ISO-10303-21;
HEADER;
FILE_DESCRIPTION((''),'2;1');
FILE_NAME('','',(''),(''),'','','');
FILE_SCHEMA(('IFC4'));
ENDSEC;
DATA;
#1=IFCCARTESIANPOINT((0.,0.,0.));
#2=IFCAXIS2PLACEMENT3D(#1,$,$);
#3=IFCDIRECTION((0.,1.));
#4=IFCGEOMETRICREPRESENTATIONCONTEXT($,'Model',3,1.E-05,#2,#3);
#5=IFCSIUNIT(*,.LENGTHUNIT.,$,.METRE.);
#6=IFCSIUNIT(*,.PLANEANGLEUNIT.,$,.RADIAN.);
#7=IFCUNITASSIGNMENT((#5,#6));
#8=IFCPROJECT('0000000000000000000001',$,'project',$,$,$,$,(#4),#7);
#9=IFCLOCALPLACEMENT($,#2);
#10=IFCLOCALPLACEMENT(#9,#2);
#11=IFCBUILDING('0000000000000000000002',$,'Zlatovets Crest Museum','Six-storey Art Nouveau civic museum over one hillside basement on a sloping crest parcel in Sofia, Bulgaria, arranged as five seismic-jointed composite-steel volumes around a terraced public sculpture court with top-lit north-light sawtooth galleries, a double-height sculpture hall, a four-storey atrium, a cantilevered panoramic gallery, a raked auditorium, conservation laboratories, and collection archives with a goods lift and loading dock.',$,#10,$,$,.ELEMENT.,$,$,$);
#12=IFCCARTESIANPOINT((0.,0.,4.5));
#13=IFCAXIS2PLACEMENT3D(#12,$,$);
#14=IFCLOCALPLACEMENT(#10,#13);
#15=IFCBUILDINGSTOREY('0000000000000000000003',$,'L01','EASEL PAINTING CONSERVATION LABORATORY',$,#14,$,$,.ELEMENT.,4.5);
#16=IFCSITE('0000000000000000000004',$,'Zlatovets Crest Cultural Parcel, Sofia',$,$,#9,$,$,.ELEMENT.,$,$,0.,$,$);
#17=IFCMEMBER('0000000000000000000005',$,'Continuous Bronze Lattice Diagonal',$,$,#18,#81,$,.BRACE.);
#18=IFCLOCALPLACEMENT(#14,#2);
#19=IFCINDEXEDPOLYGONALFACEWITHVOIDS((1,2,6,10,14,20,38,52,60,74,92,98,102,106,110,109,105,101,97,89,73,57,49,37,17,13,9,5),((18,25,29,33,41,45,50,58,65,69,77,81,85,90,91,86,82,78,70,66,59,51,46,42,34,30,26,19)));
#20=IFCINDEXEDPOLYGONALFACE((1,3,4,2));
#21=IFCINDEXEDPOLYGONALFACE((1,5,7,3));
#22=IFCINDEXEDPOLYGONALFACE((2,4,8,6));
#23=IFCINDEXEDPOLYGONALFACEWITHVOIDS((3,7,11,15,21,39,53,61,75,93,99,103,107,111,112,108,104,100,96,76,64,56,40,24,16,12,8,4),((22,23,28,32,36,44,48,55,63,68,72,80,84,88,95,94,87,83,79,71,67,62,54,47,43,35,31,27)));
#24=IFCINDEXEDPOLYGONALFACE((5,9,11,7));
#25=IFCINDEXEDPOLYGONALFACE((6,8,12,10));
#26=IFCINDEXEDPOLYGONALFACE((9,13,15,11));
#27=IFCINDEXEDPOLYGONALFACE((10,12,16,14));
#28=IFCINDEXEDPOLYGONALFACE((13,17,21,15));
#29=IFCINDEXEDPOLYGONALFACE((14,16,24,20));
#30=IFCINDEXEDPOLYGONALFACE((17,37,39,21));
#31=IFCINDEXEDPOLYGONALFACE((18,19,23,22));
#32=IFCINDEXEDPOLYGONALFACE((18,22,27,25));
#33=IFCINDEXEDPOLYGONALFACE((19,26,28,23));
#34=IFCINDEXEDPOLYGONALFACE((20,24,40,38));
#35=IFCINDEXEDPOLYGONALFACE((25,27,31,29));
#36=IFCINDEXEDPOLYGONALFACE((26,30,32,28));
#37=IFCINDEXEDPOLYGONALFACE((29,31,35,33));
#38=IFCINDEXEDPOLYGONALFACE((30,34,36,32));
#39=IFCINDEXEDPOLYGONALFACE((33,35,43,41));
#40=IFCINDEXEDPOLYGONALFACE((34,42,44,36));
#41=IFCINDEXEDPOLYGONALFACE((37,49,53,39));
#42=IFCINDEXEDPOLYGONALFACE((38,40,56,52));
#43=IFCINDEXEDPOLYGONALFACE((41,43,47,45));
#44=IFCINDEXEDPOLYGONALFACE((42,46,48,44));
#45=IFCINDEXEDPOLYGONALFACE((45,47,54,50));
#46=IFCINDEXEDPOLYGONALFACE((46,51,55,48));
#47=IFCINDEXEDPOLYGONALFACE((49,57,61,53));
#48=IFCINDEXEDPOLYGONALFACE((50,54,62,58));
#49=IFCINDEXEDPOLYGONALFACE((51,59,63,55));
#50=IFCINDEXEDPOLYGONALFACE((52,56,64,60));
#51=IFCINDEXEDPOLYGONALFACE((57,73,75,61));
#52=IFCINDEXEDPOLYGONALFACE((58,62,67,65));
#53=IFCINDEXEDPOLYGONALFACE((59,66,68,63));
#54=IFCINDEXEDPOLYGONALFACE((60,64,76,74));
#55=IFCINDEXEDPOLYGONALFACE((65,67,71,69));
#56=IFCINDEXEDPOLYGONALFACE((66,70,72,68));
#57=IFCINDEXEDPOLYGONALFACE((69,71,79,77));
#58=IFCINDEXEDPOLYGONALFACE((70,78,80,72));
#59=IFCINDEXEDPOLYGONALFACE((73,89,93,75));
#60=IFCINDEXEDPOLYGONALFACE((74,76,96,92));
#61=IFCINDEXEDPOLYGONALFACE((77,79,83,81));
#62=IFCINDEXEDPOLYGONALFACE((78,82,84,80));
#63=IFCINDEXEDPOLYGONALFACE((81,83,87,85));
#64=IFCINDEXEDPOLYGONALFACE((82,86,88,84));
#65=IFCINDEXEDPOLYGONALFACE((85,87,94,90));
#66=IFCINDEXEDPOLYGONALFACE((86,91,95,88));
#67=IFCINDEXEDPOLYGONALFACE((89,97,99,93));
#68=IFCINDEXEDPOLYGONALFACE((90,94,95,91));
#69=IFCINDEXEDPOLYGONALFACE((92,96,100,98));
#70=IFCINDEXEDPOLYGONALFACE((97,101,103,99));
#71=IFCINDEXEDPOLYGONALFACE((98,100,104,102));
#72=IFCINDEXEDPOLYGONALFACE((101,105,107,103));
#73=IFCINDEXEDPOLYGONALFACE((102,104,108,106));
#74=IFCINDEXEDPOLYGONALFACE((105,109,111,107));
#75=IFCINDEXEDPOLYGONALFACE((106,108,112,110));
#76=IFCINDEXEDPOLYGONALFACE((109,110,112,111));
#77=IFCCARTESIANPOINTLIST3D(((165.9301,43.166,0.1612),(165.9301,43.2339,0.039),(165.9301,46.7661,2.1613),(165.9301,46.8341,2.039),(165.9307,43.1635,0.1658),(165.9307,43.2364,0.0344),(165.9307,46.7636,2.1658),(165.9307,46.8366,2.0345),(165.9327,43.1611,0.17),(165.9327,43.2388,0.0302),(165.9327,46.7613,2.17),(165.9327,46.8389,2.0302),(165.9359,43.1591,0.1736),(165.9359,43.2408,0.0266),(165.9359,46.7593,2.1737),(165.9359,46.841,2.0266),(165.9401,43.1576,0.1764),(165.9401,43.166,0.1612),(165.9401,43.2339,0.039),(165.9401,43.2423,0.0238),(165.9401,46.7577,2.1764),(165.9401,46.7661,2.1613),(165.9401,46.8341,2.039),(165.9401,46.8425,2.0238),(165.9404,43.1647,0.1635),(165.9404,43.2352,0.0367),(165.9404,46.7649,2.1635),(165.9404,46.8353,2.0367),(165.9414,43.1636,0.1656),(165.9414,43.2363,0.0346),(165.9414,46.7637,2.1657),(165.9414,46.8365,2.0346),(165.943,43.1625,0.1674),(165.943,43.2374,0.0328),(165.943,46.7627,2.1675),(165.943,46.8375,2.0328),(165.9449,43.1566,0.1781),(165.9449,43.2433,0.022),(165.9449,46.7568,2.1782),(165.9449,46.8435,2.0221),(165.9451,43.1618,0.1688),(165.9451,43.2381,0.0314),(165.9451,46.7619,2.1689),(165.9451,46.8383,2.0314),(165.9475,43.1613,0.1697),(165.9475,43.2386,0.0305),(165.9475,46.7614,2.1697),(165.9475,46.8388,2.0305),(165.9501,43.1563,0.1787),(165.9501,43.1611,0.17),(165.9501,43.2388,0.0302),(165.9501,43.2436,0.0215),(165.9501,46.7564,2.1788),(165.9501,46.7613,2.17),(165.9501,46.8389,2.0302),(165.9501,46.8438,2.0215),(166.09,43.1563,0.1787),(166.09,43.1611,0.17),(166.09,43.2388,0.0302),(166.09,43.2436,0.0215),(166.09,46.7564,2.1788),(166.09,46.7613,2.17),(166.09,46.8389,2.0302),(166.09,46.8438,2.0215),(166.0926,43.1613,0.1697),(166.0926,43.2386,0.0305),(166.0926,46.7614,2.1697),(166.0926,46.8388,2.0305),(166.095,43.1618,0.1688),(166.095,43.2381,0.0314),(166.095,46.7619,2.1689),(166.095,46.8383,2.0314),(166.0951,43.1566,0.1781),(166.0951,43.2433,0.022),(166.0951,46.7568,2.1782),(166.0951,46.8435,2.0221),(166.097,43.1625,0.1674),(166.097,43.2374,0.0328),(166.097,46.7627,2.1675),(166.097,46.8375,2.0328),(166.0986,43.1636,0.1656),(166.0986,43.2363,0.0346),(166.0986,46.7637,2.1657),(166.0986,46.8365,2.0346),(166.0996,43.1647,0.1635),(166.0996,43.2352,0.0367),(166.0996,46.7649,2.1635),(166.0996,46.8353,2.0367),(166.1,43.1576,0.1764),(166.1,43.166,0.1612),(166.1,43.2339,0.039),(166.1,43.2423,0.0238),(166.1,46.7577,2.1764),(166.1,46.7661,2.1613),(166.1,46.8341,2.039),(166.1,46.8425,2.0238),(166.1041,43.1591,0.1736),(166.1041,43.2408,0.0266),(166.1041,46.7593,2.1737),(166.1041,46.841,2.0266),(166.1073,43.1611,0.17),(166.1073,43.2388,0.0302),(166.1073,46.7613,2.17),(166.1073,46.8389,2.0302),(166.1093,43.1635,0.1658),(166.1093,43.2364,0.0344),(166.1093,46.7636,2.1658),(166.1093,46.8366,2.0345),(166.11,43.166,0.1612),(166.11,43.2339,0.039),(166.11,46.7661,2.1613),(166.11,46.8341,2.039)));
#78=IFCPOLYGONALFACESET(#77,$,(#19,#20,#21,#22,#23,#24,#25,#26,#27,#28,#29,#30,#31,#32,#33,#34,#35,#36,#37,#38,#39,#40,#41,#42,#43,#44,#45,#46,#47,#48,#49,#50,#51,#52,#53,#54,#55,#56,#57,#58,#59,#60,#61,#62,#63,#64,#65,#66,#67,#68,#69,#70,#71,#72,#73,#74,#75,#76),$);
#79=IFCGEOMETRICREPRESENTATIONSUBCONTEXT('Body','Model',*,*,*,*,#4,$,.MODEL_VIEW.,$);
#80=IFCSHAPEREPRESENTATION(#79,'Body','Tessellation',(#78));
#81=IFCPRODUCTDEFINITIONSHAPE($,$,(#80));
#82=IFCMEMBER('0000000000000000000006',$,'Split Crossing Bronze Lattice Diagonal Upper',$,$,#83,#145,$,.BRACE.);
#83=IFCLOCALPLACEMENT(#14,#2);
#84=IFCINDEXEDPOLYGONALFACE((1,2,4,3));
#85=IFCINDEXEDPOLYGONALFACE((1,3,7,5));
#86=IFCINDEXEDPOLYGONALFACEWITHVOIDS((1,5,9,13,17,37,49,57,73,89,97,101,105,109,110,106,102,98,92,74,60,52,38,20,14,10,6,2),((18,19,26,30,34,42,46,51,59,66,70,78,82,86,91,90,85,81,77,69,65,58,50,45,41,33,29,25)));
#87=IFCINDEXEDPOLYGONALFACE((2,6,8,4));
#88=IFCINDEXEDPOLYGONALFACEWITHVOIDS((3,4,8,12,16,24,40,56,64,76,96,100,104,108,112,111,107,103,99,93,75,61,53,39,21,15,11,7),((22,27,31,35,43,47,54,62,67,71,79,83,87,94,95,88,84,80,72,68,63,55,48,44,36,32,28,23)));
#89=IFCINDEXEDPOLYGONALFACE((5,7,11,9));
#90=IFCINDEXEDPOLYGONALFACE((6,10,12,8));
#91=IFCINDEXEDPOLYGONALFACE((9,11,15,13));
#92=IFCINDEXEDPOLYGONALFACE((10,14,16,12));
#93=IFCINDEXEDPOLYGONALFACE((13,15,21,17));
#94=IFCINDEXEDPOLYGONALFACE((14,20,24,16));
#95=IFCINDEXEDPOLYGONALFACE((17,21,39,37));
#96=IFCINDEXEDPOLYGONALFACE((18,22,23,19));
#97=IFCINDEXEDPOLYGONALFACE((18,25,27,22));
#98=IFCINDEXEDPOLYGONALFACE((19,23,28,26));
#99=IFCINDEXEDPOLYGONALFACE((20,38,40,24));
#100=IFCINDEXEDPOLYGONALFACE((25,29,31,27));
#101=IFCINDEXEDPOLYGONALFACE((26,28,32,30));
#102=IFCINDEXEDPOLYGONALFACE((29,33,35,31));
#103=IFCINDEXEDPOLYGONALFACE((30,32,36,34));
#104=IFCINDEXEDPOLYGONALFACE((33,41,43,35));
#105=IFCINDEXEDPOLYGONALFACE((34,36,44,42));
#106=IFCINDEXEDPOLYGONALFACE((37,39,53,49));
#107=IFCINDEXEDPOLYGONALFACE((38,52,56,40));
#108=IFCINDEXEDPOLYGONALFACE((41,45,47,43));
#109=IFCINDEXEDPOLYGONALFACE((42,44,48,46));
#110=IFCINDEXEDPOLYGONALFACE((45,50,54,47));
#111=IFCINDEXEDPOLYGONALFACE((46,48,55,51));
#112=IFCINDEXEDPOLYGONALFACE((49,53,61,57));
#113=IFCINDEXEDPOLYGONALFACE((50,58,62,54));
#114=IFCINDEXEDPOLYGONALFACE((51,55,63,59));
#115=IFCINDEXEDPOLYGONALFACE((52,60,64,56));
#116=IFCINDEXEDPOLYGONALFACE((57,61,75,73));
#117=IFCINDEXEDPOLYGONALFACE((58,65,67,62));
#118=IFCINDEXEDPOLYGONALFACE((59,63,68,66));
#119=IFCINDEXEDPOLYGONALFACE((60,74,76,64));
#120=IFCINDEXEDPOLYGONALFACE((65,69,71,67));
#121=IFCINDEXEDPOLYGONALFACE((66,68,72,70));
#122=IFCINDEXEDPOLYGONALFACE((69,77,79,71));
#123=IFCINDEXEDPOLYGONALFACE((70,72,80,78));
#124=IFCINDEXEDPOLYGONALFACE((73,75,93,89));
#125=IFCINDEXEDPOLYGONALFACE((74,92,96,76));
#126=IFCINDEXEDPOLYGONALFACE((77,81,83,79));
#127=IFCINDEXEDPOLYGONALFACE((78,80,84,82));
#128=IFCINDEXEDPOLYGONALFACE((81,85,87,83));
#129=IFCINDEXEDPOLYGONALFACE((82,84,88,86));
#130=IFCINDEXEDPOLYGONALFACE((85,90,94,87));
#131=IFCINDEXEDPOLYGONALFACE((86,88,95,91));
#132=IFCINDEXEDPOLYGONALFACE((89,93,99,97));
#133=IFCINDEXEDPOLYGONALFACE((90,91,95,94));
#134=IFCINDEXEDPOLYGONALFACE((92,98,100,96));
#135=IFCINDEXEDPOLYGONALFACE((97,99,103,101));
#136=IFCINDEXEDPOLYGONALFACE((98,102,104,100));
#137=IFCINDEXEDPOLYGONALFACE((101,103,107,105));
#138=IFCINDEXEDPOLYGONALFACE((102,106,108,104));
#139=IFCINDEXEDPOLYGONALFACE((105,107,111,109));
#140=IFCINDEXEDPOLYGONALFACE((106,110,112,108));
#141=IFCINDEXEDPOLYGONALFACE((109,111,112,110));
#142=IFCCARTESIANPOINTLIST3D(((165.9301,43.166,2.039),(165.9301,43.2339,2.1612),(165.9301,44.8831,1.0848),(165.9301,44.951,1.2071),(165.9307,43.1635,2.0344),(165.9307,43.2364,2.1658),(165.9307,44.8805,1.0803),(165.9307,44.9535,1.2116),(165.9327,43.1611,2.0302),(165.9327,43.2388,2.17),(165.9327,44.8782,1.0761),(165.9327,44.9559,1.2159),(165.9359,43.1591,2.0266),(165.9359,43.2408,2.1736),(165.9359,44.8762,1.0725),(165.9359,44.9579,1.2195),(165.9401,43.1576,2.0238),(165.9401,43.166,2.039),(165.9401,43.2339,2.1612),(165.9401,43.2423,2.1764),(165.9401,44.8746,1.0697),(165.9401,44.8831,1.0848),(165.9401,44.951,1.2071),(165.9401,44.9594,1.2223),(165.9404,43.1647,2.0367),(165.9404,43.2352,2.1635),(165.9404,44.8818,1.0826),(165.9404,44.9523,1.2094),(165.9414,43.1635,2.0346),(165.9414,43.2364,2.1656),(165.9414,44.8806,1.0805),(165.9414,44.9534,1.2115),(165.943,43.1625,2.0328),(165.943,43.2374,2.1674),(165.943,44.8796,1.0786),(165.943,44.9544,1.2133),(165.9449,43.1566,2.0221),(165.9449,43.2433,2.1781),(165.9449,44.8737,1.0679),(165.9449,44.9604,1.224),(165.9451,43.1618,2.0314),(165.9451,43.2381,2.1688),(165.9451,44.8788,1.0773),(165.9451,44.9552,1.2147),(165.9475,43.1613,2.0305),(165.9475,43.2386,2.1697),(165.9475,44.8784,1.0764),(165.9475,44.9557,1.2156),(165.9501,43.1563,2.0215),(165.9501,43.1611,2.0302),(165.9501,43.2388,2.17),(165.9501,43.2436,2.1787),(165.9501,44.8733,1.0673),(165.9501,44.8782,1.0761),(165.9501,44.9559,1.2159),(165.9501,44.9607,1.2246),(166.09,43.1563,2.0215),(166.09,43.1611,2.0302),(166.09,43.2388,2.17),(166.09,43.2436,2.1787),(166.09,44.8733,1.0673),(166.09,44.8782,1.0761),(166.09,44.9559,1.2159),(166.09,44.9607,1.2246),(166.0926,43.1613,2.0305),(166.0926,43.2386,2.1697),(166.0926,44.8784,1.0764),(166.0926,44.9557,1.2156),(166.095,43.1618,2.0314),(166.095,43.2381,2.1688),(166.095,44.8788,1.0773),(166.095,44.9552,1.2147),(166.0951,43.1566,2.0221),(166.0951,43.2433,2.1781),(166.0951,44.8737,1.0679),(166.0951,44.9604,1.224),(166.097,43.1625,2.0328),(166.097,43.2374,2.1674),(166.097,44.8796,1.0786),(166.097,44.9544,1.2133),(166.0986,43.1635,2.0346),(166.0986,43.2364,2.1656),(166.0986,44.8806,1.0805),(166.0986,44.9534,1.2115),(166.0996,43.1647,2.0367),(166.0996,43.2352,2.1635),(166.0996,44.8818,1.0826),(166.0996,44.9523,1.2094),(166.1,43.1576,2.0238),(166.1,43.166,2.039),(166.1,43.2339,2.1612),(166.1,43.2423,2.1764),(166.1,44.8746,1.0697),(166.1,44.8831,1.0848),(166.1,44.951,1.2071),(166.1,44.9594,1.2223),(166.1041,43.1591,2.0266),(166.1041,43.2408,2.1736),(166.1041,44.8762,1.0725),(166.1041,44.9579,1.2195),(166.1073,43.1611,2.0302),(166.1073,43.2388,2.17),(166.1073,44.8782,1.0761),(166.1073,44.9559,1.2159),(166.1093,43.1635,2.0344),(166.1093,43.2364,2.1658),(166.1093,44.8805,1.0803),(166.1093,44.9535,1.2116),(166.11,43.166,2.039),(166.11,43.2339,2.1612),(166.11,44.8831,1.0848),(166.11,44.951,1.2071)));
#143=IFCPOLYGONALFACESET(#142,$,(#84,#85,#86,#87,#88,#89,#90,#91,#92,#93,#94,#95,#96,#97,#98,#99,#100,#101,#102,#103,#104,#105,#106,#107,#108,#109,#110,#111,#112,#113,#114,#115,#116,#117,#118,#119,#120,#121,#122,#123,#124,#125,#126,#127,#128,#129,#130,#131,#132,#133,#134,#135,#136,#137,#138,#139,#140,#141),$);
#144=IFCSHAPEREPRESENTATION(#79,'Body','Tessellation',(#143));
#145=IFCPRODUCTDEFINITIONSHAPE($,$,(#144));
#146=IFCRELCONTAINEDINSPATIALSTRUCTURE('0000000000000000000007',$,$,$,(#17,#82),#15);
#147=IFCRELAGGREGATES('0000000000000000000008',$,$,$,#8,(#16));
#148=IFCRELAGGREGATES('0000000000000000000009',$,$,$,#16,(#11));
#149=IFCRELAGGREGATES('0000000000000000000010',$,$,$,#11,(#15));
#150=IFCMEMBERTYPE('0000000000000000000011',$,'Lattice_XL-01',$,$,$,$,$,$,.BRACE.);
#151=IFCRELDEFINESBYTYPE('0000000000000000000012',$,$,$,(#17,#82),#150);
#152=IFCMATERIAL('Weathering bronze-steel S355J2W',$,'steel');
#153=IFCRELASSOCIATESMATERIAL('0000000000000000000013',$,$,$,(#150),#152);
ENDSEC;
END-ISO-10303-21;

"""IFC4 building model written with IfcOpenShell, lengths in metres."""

from ifc_helpers import new_model, si_unit, direction, frame, origin, origin_2d, place, context, subcontext, project, spatial, hollow_rectangle, extrude, material, material_profile, profile_set, type_object, element, save


model = new_model("IFC4")

# Units and contexts
model_context = context("Model", 3, precision=1e-05, world=origin(), true_north=direction((0.0, 1.0)))
body_context = subcontext(model_context, "Body", "Model", "MODEL_VIEW")
ifc_project = project(units=[si_unit("LENGTHUNIT", "METRE"), si_unit("PLANEANGLEUNIT", "RADIAN")], contexts=[model_context])

# Site, building, storey
site_placement = place(None, origin())
site = spatial("IfcSite", under=ifc_project, at=site_placement, Name="Zlatovets Crest Cultural Parcel, Sofia", CompositionType="ELEMENT", RefElevation=0.0)
building_placement = place(site_placement, origin())
building = spatial("IfcBuilding", under=site, at=building_placement, Name="Zlatovets Crest Museum", Description="Six-storey Art Nouveau civic museum over one hillside basement on a sloping crest parcel in Sofia, Bulgaria, arranged as five seismic-jointed composite-steel volumes around a terraced public sculpture court with top-lit north-light sawtooth galleries, a double-height sculpture hall, a four-storey atrium, a cantilevered panoramic gallery, a raked auditorium, conservation laboratories, and collection archives with a goods lift and loading dock.", CompositionType="ELEMENT")
storey_placement = place(building_placement, frame((0.0, 0.0, 4.5)))
storey = spatial("IfcBuildingStorey", under=building, at=storey_placement, Name="L01", Description="EASEL PAINTING CONSERVATION LABORATORY", CompositionType="ELEMENT", Elevation=4.5)

# Members
ifc_material_1 = material(Name="Weathering bronze-steel S355J2W", Category="steel")
ifc_material_profile_1 = material_profile(ifc_material_1, hollow_rectangle(XDim=0.1799, YDim=0.1799, WallThickness=0.01, InnerFilletRadius=0.01, OuterFilletRadius=0.02, at=origin_2d()), Name="SHS 180x180x10.0")
ifc_profile_set_1 = profile_set([ifc_material_profile_1], Name="Weathering bronze-steel S355J2W")
member_type_1 = type_object("IfcMemberType", Name="Lattice_XL-01", PredefinedType="BRACE", material=ifc_profile_set_1)
member_1_placement = place(storey_placement, frame((166.02, 43.2, 0.1001), z_axis=(0.0, 0.874163, 0.485633), x_axis=(-1.0, 0.0, 0.0)))
element("IfcMember", 1, at=member_1_placement, inside=storey, type_object=member_type_1, Name="Continuous Bronze Lattice Diagonal", PredefinedType="BRACE", context=body_context, shape_type="SweptSolid", body=[
    extrude(hollow_rectangle(XDim=0.1799, YDim=0.1799, WallThickness=0.01, InnerFilletRadius=0.01, OuterFilletRadius=0.02, at=origin_2d()), origin(), (0.0, 0.0, 1.0), 4.1184),
])
member_2_placement = place(storey_placement, frame((166.02, 43.2, 2.1001), z_axis=(0.0, 0.874116, -0.485717), x_axis=(-1.0, 0.0, 0.0)))
element("IfcMember", 2, at=member_2_placement, inside=storey, type_object=member_type_1, Name="Split Crossing Bronze Lattice Diagonal Upper", PredefinedType="BRACE", context=body_context, shape_type="SweptSolid", body=[
    extrude(hollow_rectangle(XDim=0.1799, YDim=0.1799, WallThickness=0.01, InnerFilletRadius=0.01, OuterFilletRadius=0.02, at=origin_2d()), origin(), (0.0, 0.0, 1.0), 1.9644),
])

save(model, "model.ifc")
